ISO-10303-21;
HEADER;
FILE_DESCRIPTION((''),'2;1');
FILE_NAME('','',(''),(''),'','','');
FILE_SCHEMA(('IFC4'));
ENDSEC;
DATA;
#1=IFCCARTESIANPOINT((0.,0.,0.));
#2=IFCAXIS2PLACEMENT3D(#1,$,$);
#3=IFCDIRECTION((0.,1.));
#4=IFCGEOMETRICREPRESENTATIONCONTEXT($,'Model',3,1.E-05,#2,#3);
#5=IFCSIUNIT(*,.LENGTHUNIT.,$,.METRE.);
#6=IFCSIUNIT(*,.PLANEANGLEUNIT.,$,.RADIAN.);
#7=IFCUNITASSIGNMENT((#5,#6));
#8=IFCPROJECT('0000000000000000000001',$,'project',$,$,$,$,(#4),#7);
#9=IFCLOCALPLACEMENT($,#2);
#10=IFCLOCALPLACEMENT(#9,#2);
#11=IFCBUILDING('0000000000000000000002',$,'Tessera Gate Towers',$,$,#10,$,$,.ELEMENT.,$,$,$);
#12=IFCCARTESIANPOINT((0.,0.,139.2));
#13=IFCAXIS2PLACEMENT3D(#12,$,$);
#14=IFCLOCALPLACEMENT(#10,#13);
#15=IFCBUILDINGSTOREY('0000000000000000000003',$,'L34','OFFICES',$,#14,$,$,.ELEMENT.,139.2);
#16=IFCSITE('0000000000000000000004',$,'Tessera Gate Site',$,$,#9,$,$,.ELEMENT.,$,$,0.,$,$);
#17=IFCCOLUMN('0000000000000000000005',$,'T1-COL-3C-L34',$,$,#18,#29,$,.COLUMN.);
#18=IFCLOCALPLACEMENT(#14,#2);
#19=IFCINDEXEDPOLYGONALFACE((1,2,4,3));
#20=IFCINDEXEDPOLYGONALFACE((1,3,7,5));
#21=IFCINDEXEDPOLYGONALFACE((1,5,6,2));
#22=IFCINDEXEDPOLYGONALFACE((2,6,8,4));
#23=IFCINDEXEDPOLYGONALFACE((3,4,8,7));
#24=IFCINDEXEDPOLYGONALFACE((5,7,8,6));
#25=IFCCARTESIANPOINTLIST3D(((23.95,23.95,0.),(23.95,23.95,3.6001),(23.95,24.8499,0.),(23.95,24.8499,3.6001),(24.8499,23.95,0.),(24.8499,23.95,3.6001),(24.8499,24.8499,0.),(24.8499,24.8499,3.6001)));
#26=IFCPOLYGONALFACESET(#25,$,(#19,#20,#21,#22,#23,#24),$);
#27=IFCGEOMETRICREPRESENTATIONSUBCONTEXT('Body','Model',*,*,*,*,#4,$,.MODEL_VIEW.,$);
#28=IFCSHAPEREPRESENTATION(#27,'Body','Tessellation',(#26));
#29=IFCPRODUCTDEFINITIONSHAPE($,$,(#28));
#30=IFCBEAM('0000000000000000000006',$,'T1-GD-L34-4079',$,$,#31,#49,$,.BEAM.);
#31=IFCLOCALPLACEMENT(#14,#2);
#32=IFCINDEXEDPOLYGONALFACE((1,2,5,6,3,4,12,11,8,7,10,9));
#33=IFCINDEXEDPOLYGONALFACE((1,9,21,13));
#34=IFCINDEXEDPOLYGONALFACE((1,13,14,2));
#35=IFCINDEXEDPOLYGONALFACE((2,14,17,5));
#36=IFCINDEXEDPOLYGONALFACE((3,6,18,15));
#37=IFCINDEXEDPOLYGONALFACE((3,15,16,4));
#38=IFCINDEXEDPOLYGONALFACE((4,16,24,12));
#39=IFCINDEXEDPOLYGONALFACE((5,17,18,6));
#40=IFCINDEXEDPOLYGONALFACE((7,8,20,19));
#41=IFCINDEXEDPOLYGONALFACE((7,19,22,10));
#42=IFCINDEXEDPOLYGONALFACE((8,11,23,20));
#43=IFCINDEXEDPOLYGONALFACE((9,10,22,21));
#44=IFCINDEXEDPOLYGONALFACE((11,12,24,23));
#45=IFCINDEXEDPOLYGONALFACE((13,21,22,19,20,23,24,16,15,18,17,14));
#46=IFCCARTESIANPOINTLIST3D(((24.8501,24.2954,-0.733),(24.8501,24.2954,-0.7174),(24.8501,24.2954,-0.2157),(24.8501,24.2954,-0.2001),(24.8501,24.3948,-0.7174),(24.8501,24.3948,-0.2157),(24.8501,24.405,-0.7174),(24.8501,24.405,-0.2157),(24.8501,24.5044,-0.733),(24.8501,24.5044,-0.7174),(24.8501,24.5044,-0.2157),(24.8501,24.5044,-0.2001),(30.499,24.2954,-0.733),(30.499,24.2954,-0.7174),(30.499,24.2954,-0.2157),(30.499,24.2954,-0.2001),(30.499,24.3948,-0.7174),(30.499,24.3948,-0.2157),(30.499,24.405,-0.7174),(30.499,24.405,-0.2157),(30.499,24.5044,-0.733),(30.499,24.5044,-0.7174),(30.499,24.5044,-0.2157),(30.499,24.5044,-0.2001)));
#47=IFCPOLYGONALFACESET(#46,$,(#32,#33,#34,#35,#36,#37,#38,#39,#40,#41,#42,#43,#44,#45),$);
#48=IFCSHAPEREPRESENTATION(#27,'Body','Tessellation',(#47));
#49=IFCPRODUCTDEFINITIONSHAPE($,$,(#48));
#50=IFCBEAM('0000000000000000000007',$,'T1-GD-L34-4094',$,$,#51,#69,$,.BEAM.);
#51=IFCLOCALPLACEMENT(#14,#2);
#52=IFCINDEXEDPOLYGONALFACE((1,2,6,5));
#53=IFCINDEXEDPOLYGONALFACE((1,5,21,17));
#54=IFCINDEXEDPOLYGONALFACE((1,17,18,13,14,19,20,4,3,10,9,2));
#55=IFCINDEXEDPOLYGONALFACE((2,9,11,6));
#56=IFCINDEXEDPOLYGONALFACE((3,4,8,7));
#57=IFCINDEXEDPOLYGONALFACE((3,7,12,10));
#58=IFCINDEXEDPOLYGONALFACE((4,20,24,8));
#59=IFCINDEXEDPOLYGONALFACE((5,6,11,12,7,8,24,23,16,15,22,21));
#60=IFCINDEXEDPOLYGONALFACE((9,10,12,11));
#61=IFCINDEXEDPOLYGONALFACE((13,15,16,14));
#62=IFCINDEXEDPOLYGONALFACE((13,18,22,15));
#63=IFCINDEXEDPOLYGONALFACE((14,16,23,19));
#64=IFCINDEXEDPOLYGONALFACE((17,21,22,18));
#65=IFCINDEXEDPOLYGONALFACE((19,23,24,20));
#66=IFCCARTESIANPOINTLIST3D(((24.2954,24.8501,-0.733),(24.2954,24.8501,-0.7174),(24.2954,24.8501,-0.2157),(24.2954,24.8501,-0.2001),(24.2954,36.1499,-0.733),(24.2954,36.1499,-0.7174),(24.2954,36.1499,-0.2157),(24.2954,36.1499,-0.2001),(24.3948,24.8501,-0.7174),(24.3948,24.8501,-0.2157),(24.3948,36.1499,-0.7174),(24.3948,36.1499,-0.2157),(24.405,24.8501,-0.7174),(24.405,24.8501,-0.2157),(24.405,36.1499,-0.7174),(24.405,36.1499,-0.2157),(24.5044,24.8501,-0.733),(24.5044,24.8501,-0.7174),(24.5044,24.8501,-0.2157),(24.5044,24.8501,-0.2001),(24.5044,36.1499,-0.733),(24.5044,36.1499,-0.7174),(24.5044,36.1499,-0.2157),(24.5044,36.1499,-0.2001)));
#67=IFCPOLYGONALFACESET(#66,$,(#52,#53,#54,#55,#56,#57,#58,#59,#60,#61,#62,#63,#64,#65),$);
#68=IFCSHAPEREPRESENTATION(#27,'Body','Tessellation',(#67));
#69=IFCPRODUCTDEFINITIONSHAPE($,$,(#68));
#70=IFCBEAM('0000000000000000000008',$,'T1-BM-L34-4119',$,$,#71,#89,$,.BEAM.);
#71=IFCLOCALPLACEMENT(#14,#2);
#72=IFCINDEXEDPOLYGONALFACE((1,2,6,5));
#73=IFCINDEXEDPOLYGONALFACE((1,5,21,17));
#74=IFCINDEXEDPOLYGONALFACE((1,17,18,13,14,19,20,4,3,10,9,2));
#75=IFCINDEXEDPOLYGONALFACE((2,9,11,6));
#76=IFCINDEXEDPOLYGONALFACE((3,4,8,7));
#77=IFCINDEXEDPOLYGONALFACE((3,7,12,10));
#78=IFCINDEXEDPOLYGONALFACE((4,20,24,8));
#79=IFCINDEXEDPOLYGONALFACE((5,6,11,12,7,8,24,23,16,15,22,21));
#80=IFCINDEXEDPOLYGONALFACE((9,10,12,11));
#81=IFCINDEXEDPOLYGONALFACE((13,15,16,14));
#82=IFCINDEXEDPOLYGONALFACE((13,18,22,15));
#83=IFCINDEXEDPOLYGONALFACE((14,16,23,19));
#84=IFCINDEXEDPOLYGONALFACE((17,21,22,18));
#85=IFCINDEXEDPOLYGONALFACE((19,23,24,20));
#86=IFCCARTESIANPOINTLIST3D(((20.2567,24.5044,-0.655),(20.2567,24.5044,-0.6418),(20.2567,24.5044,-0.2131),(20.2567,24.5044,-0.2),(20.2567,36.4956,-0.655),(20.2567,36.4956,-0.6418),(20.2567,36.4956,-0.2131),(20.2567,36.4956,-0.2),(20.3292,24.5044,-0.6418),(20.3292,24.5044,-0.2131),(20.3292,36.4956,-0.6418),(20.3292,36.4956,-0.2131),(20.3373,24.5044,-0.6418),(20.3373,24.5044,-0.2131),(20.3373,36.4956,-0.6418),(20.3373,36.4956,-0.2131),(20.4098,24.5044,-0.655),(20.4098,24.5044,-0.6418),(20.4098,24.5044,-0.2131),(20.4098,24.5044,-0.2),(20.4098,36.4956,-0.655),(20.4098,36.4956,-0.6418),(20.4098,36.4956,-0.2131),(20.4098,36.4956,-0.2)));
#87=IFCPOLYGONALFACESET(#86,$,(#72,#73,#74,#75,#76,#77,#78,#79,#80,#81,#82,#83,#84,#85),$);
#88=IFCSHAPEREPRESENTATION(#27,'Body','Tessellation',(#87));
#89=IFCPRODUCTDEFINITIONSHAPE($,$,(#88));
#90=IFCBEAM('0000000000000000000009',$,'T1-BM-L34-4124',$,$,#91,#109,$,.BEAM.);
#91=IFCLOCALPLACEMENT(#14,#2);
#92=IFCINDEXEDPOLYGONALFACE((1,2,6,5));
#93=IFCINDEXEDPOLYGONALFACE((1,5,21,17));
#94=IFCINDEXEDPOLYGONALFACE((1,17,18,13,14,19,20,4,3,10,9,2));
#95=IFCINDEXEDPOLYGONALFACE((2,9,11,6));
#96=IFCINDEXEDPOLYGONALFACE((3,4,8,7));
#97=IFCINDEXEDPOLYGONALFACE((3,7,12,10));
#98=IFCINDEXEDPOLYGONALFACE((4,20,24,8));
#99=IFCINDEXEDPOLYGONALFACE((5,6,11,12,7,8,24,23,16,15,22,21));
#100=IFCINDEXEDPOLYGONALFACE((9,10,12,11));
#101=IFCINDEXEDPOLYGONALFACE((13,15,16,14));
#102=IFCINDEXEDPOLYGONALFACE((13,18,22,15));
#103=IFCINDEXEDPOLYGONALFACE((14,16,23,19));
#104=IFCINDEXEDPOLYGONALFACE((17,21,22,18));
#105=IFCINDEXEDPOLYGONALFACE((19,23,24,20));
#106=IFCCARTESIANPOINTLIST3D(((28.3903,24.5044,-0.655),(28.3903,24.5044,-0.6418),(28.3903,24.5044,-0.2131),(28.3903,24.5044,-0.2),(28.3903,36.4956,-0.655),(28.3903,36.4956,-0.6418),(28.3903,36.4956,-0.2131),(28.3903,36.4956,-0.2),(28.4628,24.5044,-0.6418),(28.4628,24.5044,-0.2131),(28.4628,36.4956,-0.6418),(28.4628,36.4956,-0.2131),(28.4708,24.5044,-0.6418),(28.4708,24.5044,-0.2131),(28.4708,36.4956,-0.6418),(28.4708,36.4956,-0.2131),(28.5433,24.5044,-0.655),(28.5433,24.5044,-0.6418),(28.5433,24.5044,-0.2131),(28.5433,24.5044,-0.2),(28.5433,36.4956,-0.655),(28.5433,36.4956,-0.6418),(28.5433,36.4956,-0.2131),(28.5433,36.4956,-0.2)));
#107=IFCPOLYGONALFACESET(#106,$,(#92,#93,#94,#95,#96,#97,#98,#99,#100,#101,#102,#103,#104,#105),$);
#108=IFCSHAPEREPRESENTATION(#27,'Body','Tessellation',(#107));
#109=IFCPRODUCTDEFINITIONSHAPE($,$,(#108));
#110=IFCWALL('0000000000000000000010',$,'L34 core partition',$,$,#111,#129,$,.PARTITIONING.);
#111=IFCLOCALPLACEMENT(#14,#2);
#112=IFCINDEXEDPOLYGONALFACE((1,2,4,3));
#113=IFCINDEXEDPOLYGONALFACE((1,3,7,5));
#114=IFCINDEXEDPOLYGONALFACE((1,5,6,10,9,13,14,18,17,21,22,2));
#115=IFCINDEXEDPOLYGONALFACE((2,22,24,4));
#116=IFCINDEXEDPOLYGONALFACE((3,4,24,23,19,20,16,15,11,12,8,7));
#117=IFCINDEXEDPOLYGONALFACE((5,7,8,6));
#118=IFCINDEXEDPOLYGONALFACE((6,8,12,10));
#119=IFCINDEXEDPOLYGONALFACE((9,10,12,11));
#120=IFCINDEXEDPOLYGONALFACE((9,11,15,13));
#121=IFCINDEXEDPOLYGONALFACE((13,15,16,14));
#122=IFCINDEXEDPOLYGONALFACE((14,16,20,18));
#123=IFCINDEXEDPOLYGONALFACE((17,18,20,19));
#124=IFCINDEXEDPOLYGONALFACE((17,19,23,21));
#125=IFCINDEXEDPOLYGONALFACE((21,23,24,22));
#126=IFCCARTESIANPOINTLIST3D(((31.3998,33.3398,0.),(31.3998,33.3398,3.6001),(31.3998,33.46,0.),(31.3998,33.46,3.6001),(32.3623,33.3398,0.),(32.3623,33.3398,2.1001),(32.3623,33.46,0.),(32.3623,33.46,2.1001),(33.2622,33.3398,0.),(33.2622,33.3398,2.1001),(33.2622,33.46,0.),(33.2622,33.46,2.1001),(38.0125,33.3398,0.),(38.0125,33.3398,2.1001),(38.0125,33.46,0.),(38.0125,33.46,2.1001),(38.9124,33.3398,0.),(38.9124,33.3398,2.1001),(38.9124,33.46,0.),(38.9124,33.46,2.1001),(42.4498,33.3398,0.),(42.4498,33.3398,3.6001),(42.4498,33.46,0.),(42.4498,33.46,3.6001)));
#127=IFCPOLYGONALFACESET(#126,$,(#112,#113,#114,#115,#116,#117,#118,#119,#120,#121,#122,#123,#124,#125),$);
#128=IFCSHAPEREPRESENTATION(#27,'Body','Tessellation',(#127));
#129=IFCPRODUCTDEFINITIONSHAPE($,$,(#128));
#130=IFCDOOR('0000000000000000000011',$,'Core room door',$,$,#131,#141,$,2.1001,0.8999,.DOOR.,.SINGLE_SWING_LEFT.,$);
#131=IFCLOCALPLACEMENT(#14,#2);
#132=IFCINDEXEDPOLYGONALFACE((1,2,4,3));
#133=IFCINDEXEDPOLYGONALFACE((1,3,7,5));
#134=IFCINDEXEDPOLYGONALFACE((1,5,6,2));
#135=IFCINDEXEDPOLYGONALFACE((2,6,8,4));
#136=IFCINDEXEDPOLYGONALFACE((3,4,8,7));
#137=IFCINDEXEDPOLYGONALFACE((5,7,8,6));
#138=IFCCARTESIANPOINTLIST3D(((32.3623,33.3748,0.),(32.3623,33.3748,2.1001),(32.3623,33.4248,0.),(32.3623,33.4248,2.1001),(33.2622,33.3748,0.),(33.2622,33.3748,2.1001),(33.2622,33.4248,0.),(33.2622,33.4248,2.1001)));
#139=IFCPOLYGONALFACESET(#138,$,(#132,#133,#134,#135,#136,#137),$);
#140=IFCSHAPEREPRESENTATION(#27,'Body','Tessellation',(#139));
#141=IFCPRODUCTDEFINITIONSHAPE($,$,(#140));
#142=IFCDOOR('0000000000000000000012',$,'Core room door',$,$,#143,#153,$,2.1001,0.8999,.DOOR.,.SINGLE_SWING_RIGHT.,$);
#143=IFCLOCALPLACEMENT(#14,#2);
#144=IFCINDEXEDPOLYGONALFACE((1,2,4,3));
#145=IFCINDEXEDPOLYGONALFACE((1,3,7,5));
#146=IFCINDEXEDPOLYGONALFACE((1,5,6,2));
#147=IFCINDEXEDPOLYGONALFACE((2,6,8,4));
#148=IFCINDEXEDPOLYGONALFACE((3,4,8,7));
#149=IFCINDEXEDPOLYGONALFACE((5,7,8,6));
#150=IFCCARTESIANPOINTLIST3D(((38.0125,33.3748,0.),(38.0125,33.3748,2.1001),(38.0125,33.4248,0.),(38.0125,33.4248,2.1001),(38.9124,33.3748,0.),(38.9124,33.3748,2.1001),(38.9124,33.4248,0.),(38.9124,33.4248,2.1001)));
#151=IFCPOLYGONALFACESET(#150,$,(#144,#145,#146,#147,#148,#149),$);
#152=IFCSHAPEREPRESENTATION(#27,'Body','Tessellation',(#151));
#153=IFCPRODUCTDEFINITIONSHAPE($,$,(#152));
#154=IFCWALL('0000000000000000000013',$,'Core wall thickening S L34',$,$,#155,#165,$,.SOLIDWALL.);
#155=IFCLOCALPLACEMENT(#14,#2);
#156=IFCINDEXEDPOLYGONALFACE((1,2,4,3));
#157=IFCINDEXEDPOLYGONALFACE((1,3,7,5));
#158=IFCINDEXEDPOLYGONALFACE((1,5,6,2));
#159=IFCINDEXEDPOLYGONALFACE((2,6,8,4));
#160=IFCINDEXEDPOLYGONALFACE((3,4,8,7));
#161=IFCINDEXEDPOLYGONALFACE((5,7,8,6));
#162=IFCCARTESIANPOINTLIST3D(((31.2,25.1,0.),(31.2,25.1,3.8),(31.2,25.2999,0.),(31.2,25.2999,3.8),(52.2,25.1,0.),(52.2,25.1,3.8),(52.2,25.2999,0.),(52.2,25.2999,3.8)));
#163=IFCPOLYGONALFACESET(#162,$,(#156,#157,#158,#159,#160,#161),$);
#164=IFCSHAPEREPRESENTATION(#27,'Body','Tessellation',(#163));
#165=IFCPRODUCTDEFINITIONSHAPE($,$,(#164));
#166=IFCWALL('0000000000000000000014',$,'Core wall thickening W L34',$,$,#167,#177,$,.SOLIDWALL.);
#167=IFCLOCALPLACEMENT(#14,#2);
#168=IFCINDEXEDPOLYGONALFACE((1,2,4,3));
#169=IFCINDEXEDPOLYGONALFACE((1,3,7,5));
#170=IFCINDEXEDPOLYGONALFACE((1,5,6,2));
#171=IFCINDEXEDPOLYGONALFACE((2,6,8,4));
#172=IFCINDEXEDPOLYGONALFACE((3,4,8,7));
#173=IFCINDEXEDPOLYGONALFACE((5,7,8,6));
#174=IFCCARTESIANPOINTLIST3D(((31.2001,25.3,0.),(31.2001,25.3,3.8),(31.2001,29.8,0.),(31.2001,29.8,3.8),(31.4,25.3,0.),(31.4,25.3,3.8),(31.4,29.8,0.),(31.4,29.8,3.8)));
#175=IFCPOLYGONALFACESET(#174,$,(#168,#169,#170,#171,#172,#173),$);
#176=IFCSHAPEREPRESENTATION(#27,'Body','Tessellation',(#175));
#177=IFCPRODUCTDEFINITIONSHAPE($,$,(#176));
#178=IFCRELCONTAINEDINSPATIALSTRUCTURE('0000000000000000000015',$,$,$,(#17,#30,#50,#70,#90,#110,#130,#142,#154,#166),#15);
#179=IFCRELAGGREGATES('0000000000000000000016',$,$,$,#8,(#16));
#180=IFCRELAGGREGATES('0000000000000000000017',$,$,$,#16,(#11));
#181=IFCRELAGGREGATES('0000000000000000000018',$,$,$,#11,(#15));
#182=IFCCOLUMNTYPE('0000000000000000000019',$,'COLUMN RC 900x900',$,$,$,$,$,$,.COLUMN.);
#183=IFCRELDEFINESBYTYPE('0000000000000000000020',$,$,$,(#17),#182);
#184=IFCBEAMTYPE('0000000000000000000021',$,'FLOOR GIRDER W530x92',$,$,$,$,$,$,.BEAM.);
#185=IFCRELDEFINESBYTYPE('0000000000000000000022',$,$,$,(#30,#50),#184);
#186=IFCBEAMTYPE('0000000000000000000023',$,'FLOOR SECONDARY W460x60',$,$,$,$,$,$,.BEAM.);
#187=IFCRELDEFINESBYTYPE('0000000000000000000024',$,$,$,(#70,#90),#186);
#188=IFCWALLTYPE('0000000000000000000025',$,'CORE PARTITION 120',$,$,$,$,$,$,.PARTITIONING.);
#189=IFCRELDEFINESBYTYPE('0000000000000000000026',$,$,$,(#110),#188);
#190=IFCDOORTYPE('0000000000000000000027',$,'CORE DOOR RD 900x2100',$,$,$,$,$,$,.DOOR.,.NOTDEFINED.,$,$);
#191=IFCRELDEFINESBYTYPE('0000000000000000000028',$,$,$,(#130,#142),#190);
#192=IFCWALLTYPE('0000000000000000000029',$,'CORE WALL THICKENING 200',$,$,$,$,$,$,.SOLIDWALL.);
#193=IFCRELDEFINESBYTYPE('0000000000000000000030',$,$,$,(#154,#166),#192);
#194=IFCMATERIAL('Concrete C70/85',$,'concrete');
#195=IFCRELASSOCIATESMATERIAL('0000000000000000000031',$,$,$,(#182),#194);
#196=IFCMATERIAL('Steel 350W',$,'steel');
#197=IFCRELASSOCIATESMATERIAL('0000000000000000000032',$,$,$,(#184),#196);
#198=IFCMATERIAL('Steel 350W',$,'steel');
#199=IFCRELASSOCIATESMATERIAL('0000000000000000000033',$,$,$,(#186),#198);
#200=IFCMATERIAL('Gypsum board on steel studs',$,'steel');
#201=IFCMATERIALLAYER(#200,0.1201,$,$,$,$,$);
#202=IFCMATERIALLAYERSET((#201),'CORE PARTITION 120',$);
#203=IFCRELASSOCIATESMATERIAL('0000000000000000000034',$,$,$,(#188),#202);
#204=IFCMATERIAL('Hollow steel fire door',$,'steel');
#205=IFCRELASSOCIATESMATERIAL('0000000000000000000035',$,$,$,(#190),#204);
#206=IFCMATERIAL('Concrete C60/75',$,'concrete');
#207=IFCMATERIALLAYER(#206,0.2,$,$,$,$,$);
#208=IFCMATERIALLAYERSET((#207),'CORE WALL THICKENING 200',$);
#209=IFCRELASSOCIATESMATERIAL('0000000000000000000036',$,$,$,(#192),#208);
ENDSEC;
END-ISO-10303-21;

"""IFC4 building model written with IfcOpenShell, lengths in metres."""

from ifc_helpers import new_model, si_unit, direction, frame, frame_2d, origin, origin_2d, place, context, subcontext, project, spatial, rectangle, i_section, extrude, source, transform, mapped, material, layer, layer_set, material_profile, profile_set, type_object, element, fill, save


model = new_model("IFC4")

# Units and contexts
model_context = context("Model", 3, precision=1e-05, world=origin(), true_north=direction((0.0, 1.0)))
body_context = subcontext(model_context, "Body", "Model", "MODEL_VIEW")
ifc_project = project(units=[si_unit("LENGTHUNIT", "METRE"), si_unit("PLANEANGLEUNIT", "RADIAN")], contexts=[model_context])

# Site, building, storey
site_placement = place(None, origin())
site = spatial("IfcSite", under=ifc_project, at=site_placement, Name="Tessera Gate Site", CompositionType="ELEMENT", RefElevation=0.0)
building_placement = place(site_placement, origin())
building = spatial("IfcBuilding", under=site, at=building_placement, Name="Tessera Gate Towers", CompositionType="ELEMENT")
storey_placement = place(building_placement, frame((0.0, 0.0, 139.2)))
storey = spatial("IfcBuildingStorey", under=building, at=storey_placement, Name="L34", Description="OFFICES", CompositionType="ELEMENT", Elevation=139.2)

# Column
ifc_material_1 = material(Name="Concrete C70/85", Category="concrete")
ifc_material_profile_1 = material_profile(ifc_material_1, rectangle(XDim=0.8999, YDim=0.8999, at=origin_2d()), Name="RC 900x900")
ifc_profile_set_1 = profile_set([ifc_material_profile_1], Name="Concrete C70/85")
column_type = type_object("IfcColumnType", Name="COLUMN RC 900x900", PredefinedType="COLUMN", material=ifc_profile_set_1)
column_placement = place(storey_placement, frame((24.3999, 24.3999, 0.0), z_axis=(0.0, 0.0, 1.0), x_axis=(1.0, 0.0, 0.0)))
element("IfcColumn", 1, at=column_placement, inside=storey, type_object=column_type, Name="T1-COL-3C-L34", PredefinedType="COLUMN", context=body_context, shape_type="SweptSolid", body=[
    extrude(rectangle(XDim=0.8999, YDim=0.8999, at=origin_2d()), origin(), (0.0, 0.0, 1.0), 3.6001),
])

# Beams
ifc_material_2 = material(Name="Steel 350W", Category="steel")
ifc_material_profile_2 = material_profile(ifc_material_2, i_section(OverallWidth=0.209, OverallDepth=0.533, WebThickness=0.0103, FlangeThickness=0.0156, at=origin_2d()), Name="W530x92")
ifc_profile_set_2 = profile_set([ifc_material_profile_2], Name="Steel 350W")
beam_type_1 = type_object("IfcBeamType", Name="FLOOR GIRDER W530x92", PredefinedType="BEAM", material=ifc_profile_set_2)
beam_1_placement = place(storey_placement, frame((24.8501, 24.3999, -0.4666), z_axis=(1.0, 0.0, 0.0), x_axis=(0.0, 1.0, 0.0)))
element("IfcBeam", 2, at=beam_1_placement, inside=storey, type_object=beam_type_1, Name="T1-GD-L34-4079", PredefinedType="BEAM", context=body_context, shape_type="SweptSolid", body=[
    extrude(i_section(OverallWidth=0.209, OverallDepth=0.533, WebThickness=0.0103, FlangeThickness=0.0156, at=origin_2d()), origin(), (0.0, 0.0, 1.0), 5.6489),
])
beam_2_placement = place(storey_placement, frame((24.3999, 24.8501, -0.4666), z_axis=(0.0, 1.0, 0.0), x_axis=(-1.0, 0.0, 0.0)))
element("IfcBeam", 3, at=beam_2_placement, inside=storey, type_object=beam_type_1, Name="T1-GD-L34-4094", PredefinedType="BEAM", context=body_context, shape_type="SweptSolid", body=[
    extrude(i_section(OverallWidth=0.209, OverallDepth=0.533, WebThickness=0.0103, FlangeThickness=0.0156, at=origin_2d()), origin(), (0.0, 0.0, 1.0), 11.2998),
])
ifc_material_3 = material(Name="Steel 350W", Category="steel")
ifc_material_profile_3 = material_profile(ifc_material_3, i_section(OverallWidth=0.1531, OverallDepth=0.4551, WebThickness=0.0081, FlangeThickness=0.0132, at=origin_2d()), Name="W460x60")
ifc_profile_set_3 = profile_set([ifc_material_profile_3], Name="Steel 350W")
beam_type_2 = type_object("IfcBeamType", Name="FLOOR SECONDARY W460x60", PredefinedType="BEAM", material=ifc_profile_set_3)
for number, where, z_axis, x_axis, name in (
    (4, (20.3333, 24.5044, -0.4275), (0.0, 1.0, 0.0), (-1.0, 0.0, 0.0), "T1-BM-L34-4119"),
    (5, (28.4668, 24.5044, -0.4275), (0.0, 1.0, 0.0), (-1.0, 0.0, 0.0), "T1-BM-L34-4124"),
):
    element("IfcBeam", number, at=place(storey_placement, frame(where, z_axis=z_axis, x_axis=x_axis)), inside=storey, type_object=beam_type_2, Name=name, PredefinedType="BEAM", context=body_context, shape_type="SweptSolid", body=[
        extrude(i_section(OverallWidth=0.1531, OverallDepth=0.4551, WebThickness=0.0081, FlangeThickness=0.0132, at=origin_2d()), origin(), (0.0, 0.0, 1.0), 11.9912),
    ])

# Wall, openings, doors
ifc_material_4 = material(Name="Gypsum board on steel studs", Category="steel")
ifc_layer_1 = layer(ifc_material_4, 0.1201)
ifc_layer_set_1 = layer_set([ifc_layer_1], Name="CORE PARTITION 120")
wall_type_1 = type_object("IfcWallType", Name="CORE PARTITION 120", PredefinedType="PARTITIONING", material=ifc_layer_set_1)
wall_1_placement = place(storey_placement, frame((31.3999, 33.3999, 0.0), z_axis=(0.0, 0.0, 1.0), x_axis=(1.0, 0.0, 0.0)))
wall_1 = element("IfcWall", 6, at=wall_1_placement, inside=storey, type_object=wall_type_1, Name="L34 core partition", PredefinedType="PARTITIONING", context=body_context, shape_type="SweptSolid", body=[
    extrude(rectangle(XDim=11.05, YDim=0.1201, at=frame_2d((5.5249, 0.0))), origin(), (0.0, 0.0, 1.0), 3.6001),
])
shared_shape_1 = source(origin(), body_context, "Body", "SweptSolid", [
    extrude(rectangle(XDim=0.8999, YDim=2.1001, at=frame_2d((0.45, 1.05))), frame((0.0, 0.0701, 0.0), z_axis=(0.0, -1.0, 0.0), x_axis=(1.0, 0.0, 0.0)), (0.0, 0.0, 1.0), 0.1401),
])
opening_1_placement = place(wall_1_placement, frame((0.9624, 0.0, 0.0)))
opening_1 = element("IfcOpeningElement", 7, at=opening_1_placement, cuts=wall_1, PredefinedType="OPENING", context=body_context, shape_type="MappedRepresentation", body=[
    mapped(shared_shape_1, transform((0.0, 0.0, 0.0), scale=1.0)),
])
opening_2_placement = place(wall_1_placement, frame((6.6125, 0.0, 0.0)))
opening_2 = element("IfcOpeningElement", 8, at=opening_2_placement, cuts=wall_1, PredefinedType="OPENING", context=body_context, shape_type="MappedRepresentation", body=[
    mapped(shared_shape_1, transform((0.0, 0.0, 0.0), scale=1.0)),
])
ifc_material_5 = material(Name="Hollow steel fire door", Category="steel")
door_type_1 = type_object("IfcDoorType", Name="CORE DOOR RD 900x2100", OperationType="NOTDEFINED", PredefinedType="DOOR", material=ifc_material_5)
shared_shape_2 = source(origin(), body_context, "Body", "SweptSolid", [
    extrude(rectangle(XDim=0.8999, YDim=2.1001, at=frame_2d((0.45, 1.05))), frame((0.0, 0.0249, 0.0), z_axis=(0.0, -1.0, 0.0), x_axis=(1.0, 0.0, 0.0)), (0.0, 0.0, 1.0), 0.05),
])
door_1_placement = place(opening_1_placement, origin())
door_1 = element("IfcDoor", 9, at=door_1_placement, inside=storey, type_object=door_type_1, Name="Core room door", OperationType="SINGLE_SWING_LEFT", OverallHeight=2.1001, OverallWidth=0.8999, PredefinedType="DOOR", context=body_context, shape_type="MappedRepresentation", body=[
    mapped(shared_shape_2, transform((0.0, 0.0, 0.0), scale=1.0)),
])
fill(opening_1, door_1)
door_2_placement = place(opening_2_placement, origin())
door_2 = element("IfcDoor", 10, at=door_2_placement, inside=storey, type_object=door_type_1, Name="Core room door", OperationType="SINGLE_SWING_RIGHT", OverallHeight=2.1001, OverallWidth=0.8999, PredefinedType="DOOR", context=body_context, shape_type="MappedRepresentation", body=[
    mapped(shared_shape_2, transform((0.0, 0.0, 0.0), scale=1.0)),
])
fill(opening_2, door_2)

# Walls
ifc_material_6 = material(Name="Concrete C60/75", Category="concrete")
ifc_layer_2 = layer(ifc_material_6, 0.2)
ifc_layer_set_2 = layer_set([ifc_layer_2], Name="CORE WALL THICKENING 200")
wall_type_2 = type_object("IfcWallType", Name="CORE WALL THICKENING 200", PredefinedType="SOLIDWALL", material=ifc_layer_set_2)
wall_2_placement = place(storey_placement, frame((31.2, 25.2, 0.0), z_axis=(0.0, 0.0, 1.0), x_axis=(1.0, 0.0, 0.0)))
element("IfcWall", 11, at=wall_2_placement, inside=storey, type_object=wall_type_2, Name="Core wall thickening S L34", PredefinedType="SOLIDWALL", context=body_context, shape_type="SweptSolid", body=[
    extrude(rectangle(XDim=21.0, YDim=0.2, at=frame_2d((10.5, 0.0))), origin(), (0.0, 0.0, 1.0), 3.8),
])
wall_3_placement = place(storey_placement, frame((31.3, 25.3, 0.0), z_axis=(0.0, 0.0, 1.0), x_axis=(0.0, 1.0, 0.0)))
element("IfcWall", 12, at=wall_3_placement, inside=storey, type_object=wall_type_2, Name="Core wall thickening W L34", PredefinedType="SOLIDWALL", context=body_context, shape_type="SweptSolid", body=[
    extrude(rectangle(XDim=4.5, YDim=0.2, at=frame_2d((2.25, 0.0))), origin(), (0.0, 0.0, 1.0), 3.8),
])

save(model, "model.ifc")
